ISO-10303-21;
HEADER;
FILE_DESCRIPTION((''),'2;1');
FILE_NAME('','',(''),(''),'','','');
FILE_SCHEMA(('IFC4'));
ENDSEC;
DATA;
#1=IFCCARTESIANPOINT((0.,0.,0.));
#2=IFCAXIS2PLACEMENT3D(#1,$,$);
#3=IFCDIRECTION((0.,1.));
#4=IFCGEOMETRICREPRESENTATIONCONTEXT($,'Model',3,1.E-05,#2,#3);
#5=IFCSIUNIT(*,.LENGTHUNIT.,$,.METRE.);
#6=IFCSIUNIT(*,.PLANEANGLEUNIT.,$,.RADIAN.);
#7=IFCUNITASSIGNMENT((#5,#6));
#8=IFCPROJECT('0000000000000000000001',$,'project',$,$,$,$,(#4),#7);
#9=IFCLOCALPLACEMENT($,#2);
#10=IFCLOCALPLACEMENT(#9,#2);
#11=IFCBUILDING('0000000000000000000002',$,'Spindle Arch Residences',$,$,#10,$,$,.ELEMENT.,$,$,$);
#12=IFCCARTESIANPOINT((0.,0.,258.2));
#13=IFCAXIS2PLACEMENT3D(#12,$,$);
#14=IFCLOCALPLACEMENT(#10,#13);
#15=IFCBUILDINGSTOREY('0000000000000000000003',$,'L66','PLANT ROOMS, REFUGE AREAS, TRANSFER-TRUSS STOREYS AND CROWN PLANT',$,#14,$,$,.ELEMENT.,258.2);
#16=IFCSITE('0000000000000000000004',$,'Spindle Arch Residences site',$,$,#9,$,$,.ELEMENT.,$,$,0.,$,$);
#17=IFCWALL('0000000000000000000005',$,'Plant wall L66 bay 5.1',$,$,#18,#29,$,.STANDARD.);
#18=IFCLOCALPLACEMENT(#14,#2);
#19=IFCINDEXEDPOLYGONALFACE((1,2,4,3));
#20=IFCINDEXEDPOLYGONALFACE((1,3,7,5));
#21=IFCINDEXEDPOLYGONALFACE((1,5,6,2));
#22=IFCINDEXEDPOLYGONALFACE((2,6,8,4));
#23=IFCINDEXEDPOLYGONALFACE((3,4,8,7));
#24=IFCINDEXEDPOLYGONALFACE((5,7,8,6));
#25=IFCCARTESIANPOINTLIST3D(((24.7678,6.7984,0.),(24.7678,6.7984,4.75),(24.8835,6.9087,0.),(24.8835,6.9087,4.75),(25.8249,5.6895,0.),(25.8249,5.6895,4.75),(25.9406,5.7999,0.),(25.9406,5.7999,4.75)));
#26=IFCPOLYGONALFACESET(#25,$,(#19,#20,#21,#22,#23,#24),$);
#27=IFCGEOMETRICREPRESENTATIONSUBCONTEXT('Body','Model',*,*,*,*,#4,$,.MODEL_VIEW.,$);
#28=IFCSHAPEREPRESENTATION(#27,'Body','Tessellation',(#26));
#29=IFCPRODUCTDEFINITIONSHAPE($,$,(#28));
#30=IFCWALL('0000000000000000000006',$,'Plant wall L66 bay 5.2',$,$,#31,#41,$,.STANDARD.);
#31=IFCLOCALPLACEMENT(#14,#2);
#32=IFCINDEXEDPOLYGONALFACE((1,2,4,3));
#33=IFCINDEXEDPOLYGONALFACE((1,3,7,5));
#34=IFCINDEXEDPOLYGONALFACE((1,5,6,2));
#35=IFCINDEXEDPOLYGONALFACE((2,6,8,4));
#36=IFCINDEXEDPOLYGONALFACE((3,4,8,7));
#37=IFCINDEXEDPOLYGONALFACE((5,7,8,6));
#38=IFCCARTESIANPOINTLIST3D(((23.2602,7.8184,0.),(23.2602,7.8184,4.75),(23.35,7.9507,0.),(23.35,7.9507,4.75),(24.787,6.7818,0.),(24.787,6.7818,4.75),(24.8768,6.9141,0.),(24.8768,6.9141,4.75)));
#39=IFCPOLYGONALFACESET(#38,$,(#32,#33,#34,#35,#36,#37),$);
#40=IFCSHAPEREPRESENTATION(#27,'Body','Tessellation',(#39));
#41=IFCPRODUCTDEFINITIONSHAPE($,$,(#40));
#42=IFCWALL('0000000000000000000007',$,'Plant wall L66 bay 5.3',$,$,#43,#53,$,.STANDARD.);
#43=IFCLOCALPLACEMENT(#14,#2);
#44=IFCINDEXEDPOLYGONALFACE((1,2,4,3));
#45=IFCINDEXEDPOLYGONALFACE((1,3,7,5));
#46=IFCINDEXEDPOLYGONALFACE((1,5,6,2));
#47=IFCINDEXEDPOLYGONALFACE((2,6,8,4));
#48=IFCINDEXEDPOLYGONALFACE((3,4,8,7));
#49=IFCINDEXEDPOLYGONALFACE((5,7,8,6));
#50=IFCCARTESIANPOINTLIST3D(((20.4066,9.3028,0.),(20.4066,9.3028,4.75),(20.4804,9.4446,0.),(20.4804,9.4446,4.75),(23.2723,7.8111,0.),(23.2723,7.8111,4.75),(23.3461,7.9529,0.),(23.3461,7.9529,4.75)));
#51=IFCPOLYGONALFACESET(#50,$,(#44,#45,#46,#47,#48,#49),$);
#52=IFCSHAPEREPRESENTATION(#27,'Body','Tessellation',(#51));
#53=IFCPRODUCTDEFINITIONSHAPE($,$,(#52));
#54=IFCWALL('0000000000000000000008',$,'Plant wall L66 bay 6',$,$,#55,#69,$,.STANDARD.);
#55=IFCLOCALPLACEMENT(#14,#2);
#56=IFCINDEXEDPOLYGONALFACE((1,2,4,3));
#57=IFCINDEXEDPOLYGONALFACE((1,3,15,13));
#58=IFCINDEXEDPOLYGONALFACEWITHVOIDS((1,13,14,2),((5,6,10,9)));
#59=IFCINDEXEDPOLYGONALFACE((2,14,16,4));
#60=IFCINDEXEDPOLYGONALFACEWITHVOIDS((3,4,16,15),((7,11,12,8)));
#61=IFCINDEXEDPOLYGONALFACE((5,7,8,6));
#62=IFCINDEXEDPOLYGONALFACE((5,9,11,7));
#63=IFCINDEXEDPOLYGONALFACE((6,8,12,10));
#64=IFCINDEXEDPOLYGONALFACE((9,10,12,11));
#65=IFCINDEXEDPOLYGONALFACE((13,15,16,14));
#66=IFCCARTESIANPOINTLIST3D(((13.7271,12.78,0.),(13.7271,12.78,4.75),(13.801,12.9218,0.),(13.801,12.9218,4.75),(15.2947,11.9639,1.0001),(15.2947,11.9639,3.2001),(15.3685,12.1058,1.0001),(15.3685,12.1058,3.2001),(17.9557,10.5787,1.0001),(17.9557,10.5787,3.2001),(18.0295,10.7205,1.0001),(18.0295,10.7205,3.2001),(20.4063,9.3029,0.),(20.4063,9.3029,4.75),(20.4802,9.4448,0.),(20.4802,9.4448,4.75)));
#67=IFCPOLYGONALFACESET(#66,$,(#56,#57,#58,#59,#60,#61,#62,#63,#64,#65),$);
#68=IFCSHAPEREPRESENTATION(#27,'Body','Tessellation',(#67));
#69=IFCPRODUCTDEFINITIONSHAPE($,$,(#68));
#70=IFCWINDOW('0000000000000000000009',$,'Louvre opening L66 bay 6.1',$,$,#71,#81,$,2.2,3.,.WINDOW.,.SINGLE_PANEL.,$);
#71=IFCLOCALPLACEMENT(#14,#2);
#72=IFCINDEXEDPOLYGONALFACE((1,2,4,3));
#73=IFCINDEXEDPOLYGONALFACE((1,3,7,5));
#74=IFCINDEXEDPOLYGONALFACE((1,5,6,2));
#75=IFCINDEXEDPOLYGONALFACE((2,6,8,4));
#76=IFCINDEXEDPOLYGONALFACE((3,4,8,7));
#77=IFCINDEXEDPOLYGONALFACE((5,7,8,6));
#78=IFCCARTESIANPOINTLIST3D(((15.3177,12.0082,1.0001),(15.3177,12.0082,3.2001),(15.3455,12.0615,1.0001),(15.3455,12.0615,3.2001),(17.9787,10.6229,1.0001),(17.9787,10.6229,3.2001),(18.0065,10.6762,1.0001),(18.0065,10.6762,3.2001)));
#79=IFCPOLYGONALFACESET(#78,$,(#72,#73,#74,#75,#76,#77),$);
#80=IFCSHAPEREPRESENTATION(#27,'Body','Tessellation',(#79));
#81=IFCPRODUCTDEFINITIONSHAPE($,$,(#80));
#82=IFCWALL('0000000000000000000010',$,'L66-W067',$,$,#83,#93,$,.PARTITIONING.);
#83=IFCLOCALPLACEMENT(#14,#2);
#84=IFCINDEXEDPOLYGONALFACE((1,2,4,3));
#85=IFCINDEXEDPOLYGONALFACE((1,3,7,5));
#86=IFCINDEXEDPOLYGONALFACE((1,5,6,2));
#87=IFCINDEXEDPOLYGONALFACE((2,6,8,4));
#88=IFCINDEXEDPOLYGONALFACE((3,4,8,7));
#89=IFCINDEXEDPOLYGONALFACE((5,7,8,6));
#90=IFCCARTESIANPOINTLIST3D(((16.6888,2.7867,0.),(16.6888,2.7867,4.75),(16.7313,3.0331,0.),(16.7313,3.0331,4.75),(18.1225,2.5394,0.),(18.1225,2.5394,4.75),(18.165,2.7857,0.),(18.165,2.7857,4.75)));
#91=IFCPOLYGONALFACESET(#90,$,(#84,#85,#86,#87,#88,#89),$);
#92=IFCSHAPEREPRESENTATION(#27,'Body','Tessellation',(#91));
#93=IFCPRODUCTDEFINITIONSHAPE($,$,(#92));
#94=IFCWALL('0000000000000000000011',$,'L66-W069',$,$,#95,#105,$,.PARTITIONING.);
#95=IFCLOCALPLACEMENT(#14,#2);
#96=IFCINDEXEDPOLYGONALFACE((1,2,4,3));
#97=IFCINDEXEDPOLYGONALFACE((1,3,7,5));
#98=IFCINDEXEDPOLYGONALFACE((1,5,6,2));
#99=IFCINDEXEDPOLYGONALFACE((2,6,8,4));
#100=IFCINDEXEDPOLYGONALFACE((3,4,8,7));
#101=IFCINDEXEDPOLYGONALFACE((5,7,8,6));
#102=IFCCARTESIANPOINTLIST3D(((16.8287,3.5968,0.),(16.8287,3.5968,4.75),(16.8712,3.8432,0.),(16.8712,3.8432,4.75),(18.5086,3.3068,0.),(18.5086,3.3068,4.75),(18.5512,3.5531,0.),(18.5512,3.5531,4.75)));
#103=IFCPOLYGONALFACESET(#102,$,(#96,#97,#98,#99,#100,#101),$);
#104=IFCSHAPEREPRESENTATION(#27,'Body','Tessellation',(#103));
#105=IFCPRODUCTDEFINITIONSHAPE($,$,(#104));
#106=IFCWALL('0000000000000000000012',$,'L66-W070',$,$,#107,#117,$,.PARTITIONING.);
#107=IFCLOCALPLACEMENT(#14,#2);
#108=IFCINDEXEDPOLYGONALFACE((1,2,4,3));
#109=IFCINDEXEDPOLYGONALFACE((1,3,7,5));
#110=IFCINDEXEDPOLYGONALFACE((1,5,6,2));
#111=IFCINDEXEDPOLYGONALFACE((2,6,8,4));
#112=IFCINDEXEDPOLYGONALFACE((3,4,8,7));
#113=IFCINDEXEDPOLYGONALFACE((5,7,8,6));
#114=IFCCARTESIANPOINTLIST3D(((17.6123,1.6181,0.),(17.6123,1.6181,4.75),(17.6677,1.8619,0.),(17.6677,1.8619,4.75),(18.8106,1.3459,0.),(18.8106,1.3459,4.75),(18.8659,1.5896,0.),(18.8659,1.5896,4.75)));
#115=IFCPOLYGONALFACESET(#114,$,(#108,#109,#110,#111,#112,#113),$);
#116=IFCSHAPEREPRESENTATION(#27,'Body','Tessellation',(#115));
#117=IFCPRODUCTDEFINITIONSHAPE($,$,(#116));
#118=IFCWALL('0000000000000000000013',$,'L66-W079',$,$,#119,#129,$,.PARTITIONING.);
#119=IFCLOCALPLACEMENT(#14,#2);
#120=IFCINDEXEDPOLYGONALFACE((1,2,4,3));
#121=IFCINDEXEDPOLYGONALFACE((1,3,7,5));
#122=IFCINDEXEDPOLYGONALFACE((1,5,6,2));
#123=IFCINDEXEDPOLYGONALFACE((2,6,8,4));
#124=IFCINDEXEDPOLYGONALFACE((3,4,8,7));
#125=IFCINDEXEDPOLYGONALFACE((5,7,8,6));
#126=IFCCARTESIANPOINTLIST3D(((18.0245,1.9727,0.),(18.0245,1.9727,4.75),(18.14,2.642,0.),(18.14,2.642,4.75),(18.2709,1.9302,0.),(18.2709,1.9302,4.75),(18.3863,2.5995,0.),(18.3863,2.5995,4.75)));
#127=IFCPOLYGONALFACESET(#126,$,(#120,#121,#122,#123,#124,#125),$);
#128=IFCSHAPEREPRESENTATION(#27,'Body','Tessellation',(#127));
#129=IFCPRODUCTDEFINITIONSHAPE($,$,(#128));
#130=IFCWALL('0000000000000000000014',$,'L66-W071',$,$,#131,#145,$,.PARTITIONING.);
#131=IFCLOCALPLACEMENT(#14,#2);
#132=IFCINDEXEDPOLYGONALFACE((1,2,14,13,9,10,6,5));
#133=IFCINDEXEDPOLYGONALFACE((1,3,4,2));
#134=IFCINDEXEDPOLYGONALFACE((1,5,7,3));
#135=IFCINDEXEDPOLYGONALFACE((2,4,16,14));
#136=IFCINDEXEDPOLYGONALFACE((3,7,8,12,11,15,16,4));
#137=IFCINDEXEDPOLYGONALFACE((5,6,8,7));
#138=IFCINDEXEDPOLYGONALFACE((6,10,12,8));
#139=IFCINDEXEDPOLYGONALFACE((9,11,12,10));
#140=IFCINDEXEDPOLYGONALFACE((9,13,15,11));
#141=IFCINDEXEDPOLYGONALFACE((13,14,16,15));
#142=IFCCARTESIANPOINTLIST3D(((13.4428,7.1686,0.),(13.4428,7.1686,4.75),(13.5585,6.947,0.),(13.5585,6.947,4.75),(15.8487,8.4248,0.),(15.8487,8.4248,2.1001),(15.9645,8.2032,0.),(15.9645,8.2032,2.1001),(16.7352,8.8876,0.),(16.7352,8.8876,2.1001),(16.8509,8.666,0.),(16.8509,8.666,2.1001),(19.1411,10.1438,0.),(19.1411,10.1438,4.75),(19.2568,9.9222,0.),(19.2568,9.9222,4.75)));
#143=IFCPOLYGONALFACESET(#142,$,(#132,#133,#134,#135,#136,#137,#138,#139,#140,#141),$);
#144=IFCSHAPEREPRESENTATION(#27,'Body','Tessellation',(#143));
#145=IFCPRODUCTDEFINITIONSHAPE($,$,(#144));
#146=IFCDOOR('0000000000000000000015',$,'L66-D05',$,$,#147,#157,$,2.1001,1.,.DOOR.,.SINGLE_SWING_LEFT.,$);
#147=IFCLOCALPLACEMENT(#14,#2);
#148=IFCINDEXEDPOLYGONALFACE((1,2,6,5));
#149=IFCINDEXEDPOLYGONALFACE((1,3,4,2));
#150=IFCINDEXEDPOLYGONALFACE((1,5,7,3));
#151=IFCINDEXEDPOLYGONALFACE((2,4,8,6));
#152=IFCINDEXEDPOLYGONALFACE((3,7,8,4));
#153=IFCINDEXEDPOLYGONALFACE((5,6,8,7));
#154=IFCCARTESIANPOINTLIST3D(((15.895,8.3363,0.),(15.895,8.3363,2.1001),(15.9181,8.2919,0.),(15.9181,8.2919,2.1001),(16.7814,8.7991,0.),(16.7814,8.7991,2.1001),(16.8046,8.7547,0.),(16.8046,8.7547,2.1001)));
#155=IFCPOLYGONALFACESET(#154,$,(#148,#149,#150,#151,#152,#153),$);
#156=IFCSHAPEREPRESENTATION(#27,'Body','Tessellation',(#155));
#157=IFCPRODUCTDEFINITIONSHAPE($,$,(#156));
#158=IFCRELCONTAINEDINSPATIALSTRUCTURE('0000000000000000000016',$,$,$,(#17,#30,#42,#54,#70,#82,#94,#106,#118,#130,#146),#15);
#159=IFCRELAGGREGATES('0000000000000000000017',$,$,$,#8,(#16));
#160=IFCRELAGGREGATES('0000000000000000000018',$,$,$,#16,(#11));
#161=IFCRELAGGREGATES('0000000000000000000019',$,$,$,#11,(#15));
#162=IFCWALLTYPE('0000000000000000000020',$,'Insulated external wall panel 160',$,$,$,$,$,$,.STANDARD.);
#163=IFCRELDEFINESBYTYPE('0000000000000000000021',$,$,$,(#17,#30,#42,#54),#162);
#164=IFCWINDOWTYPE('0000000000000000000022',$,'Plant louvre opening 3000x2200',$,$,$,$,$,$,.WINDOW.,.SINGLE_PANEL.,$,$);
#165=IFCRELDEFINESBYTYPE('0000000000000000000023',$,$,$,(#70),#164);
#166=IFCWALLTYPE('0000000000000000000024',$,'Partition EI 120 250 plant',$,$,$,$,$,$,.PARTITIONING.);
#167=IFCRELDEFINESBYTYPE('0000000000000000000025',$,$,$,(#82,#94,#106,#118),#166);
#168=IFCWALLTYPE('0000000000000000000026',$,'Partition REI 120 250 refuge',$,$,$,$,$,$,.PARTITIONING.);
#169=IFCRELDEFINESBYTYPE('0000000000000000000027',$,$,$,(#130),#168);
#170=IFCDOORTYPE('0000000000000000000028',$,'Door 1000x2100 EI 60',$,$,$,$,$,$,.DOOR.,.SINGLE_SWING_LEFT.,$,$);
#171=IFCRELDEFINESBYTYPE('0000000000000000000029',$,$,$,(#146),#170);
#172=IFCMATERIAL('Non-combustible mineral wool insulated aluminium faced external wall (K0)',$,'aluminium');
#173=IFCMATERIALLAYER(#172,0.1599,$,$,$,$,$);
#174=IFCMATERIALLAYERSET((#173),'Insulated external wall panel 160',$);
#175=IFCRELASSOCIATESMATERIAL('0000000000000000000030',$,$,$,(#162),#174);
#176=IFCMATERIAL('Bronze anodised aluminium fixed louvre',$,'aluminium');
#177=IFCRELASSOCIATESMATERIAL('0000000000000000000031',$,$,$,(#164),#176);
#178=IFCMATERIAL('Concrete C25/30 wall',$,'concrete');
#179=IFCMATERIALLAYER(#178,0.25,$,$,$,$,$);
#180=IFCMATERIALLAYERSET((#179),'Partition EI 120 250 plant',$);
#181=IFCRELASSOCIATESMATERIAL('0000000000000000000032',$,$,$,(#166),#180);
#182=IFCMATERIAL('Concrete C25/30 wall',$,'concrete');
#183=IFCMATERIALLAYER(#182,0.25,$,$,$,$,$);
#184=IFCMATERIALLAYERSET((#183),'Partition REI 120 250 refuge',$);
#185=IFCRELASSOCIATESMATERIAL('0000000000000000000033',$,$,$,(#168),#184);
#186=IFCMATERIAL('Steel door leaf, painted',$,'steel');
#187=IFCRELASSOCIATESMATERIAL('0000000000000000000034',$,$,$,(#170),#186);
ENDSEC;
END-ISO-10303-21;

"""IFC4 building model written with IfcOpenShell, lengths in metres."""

from ifc_helpers import new_model, si_unit, direction, frame, frame_2d, origin, place, context, subcontext, project, spatial, rectangle, extrude, material, layer, layer_set, type_object, element, fill, save


model = new_model("IFC4")

# Units and contexts
model_context = context("Model", 3, precision=1e-05, world=origin(), true_north=direction((0.0, 1.0)))
body_context = subcontext(model_context, "Body", "Model", "MODEL_VIEW")
ifc_project = project(units=[si_unit("LENGTHUNIT", "METRE"), si_unit("PLANEANGLEUNIT", "RADIAN")], contexts=[model_context])

# Site, building, storey
site_placement = place(None, origin())
site = spatial("IfcSite", under=ifc_project, at=site_placement, Name="Spindle Arch Residences site", CompositionType="ELEMENT", RefElevation=0.0)
building_placement = place(site_placement, origin())
building = spatial("IfcBuilding", under=site, at=building_placement, Name="Spindle Arch Residences", CompositionType="ELEMENT")
storey_placement = place(building_placement, frame((0.0, 0.0, 258.2)))
storey = spatial("IfcBuildingStorey", under=building, at=storey_placement, Name="L66", Description="PLANT ROOMS, REFUGE AREAS, TRANSFER-TRUSS STOREYS AND CROWN PLANT", CompositionType="ELEMENT", Elevation=258.2)

# Walls
ifc_material_1 = material(Name="Non-combustible mineral wool insulated aluminium faced external wall (K0)", Category="aluminium")
ifc_layer_1 = layer(ifc_material_1, 0.1599)
ifc_layer_set_1 = layer_set([ifc_layer_1], Name="Insulated external wall panel 160")
wall_type_1 = type_object("IfcWallType", Name="Insulated external wall panel 160", PredefinedType="STANDARD", material=ifc_layer_set_1)
wall_1_placement = place(storey_placement, frame((25.8828, 5.7446, 0.0), z_axis=(0.0, 0.0, 1.0), x_axis=(-0.690013, 0.723797, 0.0)))
element("IfcWall", 1, at=wall_1_placement, inside=storey, type_object=wall_type_1, Name="Plant wall L66 bay 5.1", PredefinedType="STANDARD", context=body_context, shape_type="SweptSolid", body=[
    extrude(rectangle(XDim=1.532, YDim=0.1599, at=frame_2d((0.7661, 0.0))), origin(), (0.0, 0.0, 1.0), 4.75),
])
wall_2_placement = place(storey_placement, frame((24.832, 6.8479, 0.0), z_axis=(0.0, 0.0, 1.0), x_axis=(-0.82734, 0.561702, 0.0)))
element("IfcWall", 2, at=wall_2_placement, inside=storey, type_object=wall_type_1, Name="Plant wall L66 bay 5.2", PredefinedType="STANDARD", context=body_context, shape_type="SweptSolid", body=[
    extrude(rectangle(XDim=1.8455, YDim=0.1599, at=frame_2d((0.9229, 0.0))), origin(), (0.0, 0.0, 1.0), 4.75),
])
wall_3_placement = place(storey_placement, frame((23.3091, 7.8821, 0.0), z_axis=(0.0, 0.0, 1.0), x_axis=(-0.887024, 0.461724, 0.0)))
element("IfcWall", 3, at=wall_3_placement, inside=storey, type_object=wall_type_1, Name="Plant wall L66 bay 5.3", PredefinedType="STANDARD", context=body_context, shape_type="SweptSolid", body=[
    extrude(rectangle(XDim=3.2307, YDim=0.1599, at=frame_2d((1.6152, 0.0))), origin(), (0.0, 0.0, 1.0), 4.75),
])

# Wall, opening, window
wall_4_placement = place(storey_placement, frame((20.4434, 9.3738, 0.0), z_axis=(0.0, 0.0, 1.0), x_axis=(-0.887006, 0.461757, 0.0)))
wall_4 = element("IfcWall", 4, at=wall_4_placement, inside=storey, type_object=wall_type_1, Name="Plant wall L66 bay 6", PredefinedType="STANDARD", context=body_context, shape_type="SweptSolid", body=[
    extrude(rectangle(XDim=7.53, YDim=0.1599, at=frame_2d((3.7651, 0.0))), origin(), (0.0, 0.0, 1.0), 4.75),
])
opening_1_placement = place(wall_4_placement, frame((2.7629, 0.0, 1.0)))
opening_1 = element("IfcOpeningElement", 5, at=opening_1_placement, cuts=wall_4, PredefinedType="OPENING", context=body_context, shape_type="SweptSolid", body=[
    extrude(rectangle(XDim=3.0, YDim=2.2, at=frame_2d((1.5, 1.1001))), frame((0.0, 0.0898, 0.0), z_axis=(0.0, -1.0, 0.0), x_axis=(1.0, 0.0, 0.0)), (0.0, 0.0, 1.0), 0.1799),
])
ifc_material_2 = material(Name="Bronze anodised aluminium fixed louvre", Category="aluminium")
window_type = type_object("IfcWindowType", Name="Plant louvre opening 3000x2200", PartitioningType="SINGLE_PANEL", PredefinedType="WINDOW", material=ifc_material_2)
window_placement = place(opening_1_placement, origin())
window = element("IfcWindow", 6, at=window_placement, inside=storey, type_object=window_type, Name="Louvre opening L66 bay 6.1", OverallHeight=2.2, OverallWidth=3.0, PartitioningType="SINGLE_PANEL", PredefinedType="WINDOW", context=body_context, shape_type="SweptSolid", body=[
    extrude(rectangle(XDim=3.0, YDim=2.2, at=frame_2d((1.5, 1.1001))), frame((0.0, 0.03, 0.0), z_axis=(0.0, -1.0, 0.0), x_axis=(1.0, 0.0, 0.0)), (0.0, 0.0, 1.0), 0.0601),
])
fill(opening_1, window)

# Walls
ifc_material_3 = material(Name="Concrete C25/30 wall", Category="concrete")
ifc_layer_2 = layer(ifc_material_3, 0.25)
ifc_layer_set_2 = layer_set([ifc_layer_2], Name="Partition EI 120 250 plant")
wall_type_2 = type_object("IfcWallType", Name="Partition EI 120 250 plant", PredefinedType="PARTITIONING", material=ifc_layer_set_2)
wall_5_placement = place(storey_placement, frame((16.71, 2.9099, 0.0), z_axis=(0.0, 0.0, 1.0), x_axis=(0.985444, -0.170002, 0.0)))
element("IfcWall", 7, at=wall_5_placement, inside=storey, type_object=wall_type_2, Name="L66-W067", PredefinedType="PARTITIONING", context=body_context, shape_type="SweptSolid", body=[
    extrude(rectangle(XDim=1.4548, YDim=0.25, at=frame_2d((0.7275, 0.0))), origin(), (0.0, 0.0, 1.0), 4.75),
])
wall_6_placement = place(storey_placement, frame((18.53, 3.4299, 0.0), z_axis=(0.0, 0.0, 1.0), x_axis=(-0.985421, 0.170132, 0.0)))
element("IfcWall", 8, at=wall_6_placement, inside=storey, type_object=wall_type_2, Name="L66-W069", PredefinedType="PARTITIONING", context=body_context, shape_type="SweptSolid", body=[
    extrude(rectangle(XDim=1.7048, YDim=0.25, at=frame_2d((0.8525, 0.0))), origin(), (0.0, 0.0, 1.0), 4.75),
])
wall_7_placement = place(storey_placement, frame((18.8381, 1.4678, 0.0), z_axis=(0.0, 0.0, 1.0), x_axis=(-0.975152, 0.221535, 0.0)))
element("IfcWall", 9, at=wall_7_placement, inside=storey, type_object=wall_type_2, Name="L66-W070", PredefinedType="PARTITIONING", context=body_context, shape_type="SweptSolid", body=[
    extrude(rectangle(XDim=1.2288, YDim=0.25, at=frame_2d((0.6143, 0.0))), origin(), (0.0, 0.0, 1.0), 4.75),
])
wall_8_placement = place(storey_placement, frame((18.1477, 1.9514, 0.0), z_axis=(0.0, 0.0, 1.0), x_axis=(0.169991, 0.985446, 0.0)))
element("IfcWall", 10, at=wall_8_placement, inside=storey, type_object=wall_type_2, Name="L66-W079", PredefinedType="PARTITIONING", context=body_context, shape_type="SweptSolid", body=[
    extrude(rectangle(XDim=0.6792, YDim=0.25, at=frame_2d((0.3396, 0.0))), origin(), (0.0, 0.0, 1.0), 4.75),
])

# Wall, opening, door
ifc_material_4 = material(Name="Concrete C25/30 wall", Category="concrete")
ifc_layer_3 = layer(ifc_material_4, 0.25)
ifc_layer_set_3 = layer_set([ifc_layer_3], Name="Partition REI 120 250 refuge")
wall_type_3 = type_object("IfcWallType", Name="Partition REI 120 250 refuge", PredefinedType="PARTITIONING", material=ifc_layer_set_3)
wall_9_placement = place(storey_placement, frame((19.199, 10.033, 0.0), z_axis=(0.0, 0.0, 1.0), x_axis=(-0.886451, -0.462823, 0.0)))
wall_9 = element("IfcWall", 11, at=wall_9_placement, inside=storey, type_object=wall_type_3, Name="L66-W071", PredefinedType="PARTITIONING", context=body_context, shape_type="SweptSolid", body=[
    extrude(rectangle(XDim=6.4282, YDim=0.25, at=frame_2d((3.2141, 0.0))), origin(), (0.0, 0.0, 1.0), 4.75),
])
opening_2_placement = place(wall_9_placement, frame((2.7141, 0.0, 0.0)))
opening_2 = element("IfcOpeningElement", 12, at=opening_2_placement, cuts=wall_9, PredefinedType="OPENING", context=body_context, shape_type="SweptSolid", body=[
    extrude(rectangle(XDim=1.0, YDim=2.1001, at=frame_2d((0.5, 1.05))), frame((0.0, 0.135, 0.0), z_axis=(0.0, -1.0, 0.0), x_axis=(1.0, 0.0, 0.0)), (0.0, 0.0, 1.0), 0.27),
])
ifc_material_5 = material(Name="Steel door leaf, painted", Category="steel")
door_type = type_object("IfcDoorType", Name="Door 1000x2100 EI 60", OperationType="SINGLE_SWING_LEFT", PredefinedType="DOOR", material=ifc_material_5)
door_placement = place(opening_2_placement, origin())
door = element("IfcDoor", 13, at=door_placement, inside=storey, type_object=door_type, Name="L66-D05", OperationType="SINGLE_SWING_LEFT", OverallHeight=2.1001, OverallWidth=1.0, PredefinedType="DOOR", context=body_context, shape_type="SweptSolid", body=[
    extrude(rectangle(XDim=1.0, YDim=2.1001, at=frame_2d((0.5, 1.05))), frame((0.0, 0.0249, 0.0), z_axis=(0.0, -1.0, 0.0), x_axis=(1.0, 0.0, 0.0)), (0.0, 0.0, 1.0), 0.05),
])
fill(opening_2, door)

save(model, "model.ifc")
